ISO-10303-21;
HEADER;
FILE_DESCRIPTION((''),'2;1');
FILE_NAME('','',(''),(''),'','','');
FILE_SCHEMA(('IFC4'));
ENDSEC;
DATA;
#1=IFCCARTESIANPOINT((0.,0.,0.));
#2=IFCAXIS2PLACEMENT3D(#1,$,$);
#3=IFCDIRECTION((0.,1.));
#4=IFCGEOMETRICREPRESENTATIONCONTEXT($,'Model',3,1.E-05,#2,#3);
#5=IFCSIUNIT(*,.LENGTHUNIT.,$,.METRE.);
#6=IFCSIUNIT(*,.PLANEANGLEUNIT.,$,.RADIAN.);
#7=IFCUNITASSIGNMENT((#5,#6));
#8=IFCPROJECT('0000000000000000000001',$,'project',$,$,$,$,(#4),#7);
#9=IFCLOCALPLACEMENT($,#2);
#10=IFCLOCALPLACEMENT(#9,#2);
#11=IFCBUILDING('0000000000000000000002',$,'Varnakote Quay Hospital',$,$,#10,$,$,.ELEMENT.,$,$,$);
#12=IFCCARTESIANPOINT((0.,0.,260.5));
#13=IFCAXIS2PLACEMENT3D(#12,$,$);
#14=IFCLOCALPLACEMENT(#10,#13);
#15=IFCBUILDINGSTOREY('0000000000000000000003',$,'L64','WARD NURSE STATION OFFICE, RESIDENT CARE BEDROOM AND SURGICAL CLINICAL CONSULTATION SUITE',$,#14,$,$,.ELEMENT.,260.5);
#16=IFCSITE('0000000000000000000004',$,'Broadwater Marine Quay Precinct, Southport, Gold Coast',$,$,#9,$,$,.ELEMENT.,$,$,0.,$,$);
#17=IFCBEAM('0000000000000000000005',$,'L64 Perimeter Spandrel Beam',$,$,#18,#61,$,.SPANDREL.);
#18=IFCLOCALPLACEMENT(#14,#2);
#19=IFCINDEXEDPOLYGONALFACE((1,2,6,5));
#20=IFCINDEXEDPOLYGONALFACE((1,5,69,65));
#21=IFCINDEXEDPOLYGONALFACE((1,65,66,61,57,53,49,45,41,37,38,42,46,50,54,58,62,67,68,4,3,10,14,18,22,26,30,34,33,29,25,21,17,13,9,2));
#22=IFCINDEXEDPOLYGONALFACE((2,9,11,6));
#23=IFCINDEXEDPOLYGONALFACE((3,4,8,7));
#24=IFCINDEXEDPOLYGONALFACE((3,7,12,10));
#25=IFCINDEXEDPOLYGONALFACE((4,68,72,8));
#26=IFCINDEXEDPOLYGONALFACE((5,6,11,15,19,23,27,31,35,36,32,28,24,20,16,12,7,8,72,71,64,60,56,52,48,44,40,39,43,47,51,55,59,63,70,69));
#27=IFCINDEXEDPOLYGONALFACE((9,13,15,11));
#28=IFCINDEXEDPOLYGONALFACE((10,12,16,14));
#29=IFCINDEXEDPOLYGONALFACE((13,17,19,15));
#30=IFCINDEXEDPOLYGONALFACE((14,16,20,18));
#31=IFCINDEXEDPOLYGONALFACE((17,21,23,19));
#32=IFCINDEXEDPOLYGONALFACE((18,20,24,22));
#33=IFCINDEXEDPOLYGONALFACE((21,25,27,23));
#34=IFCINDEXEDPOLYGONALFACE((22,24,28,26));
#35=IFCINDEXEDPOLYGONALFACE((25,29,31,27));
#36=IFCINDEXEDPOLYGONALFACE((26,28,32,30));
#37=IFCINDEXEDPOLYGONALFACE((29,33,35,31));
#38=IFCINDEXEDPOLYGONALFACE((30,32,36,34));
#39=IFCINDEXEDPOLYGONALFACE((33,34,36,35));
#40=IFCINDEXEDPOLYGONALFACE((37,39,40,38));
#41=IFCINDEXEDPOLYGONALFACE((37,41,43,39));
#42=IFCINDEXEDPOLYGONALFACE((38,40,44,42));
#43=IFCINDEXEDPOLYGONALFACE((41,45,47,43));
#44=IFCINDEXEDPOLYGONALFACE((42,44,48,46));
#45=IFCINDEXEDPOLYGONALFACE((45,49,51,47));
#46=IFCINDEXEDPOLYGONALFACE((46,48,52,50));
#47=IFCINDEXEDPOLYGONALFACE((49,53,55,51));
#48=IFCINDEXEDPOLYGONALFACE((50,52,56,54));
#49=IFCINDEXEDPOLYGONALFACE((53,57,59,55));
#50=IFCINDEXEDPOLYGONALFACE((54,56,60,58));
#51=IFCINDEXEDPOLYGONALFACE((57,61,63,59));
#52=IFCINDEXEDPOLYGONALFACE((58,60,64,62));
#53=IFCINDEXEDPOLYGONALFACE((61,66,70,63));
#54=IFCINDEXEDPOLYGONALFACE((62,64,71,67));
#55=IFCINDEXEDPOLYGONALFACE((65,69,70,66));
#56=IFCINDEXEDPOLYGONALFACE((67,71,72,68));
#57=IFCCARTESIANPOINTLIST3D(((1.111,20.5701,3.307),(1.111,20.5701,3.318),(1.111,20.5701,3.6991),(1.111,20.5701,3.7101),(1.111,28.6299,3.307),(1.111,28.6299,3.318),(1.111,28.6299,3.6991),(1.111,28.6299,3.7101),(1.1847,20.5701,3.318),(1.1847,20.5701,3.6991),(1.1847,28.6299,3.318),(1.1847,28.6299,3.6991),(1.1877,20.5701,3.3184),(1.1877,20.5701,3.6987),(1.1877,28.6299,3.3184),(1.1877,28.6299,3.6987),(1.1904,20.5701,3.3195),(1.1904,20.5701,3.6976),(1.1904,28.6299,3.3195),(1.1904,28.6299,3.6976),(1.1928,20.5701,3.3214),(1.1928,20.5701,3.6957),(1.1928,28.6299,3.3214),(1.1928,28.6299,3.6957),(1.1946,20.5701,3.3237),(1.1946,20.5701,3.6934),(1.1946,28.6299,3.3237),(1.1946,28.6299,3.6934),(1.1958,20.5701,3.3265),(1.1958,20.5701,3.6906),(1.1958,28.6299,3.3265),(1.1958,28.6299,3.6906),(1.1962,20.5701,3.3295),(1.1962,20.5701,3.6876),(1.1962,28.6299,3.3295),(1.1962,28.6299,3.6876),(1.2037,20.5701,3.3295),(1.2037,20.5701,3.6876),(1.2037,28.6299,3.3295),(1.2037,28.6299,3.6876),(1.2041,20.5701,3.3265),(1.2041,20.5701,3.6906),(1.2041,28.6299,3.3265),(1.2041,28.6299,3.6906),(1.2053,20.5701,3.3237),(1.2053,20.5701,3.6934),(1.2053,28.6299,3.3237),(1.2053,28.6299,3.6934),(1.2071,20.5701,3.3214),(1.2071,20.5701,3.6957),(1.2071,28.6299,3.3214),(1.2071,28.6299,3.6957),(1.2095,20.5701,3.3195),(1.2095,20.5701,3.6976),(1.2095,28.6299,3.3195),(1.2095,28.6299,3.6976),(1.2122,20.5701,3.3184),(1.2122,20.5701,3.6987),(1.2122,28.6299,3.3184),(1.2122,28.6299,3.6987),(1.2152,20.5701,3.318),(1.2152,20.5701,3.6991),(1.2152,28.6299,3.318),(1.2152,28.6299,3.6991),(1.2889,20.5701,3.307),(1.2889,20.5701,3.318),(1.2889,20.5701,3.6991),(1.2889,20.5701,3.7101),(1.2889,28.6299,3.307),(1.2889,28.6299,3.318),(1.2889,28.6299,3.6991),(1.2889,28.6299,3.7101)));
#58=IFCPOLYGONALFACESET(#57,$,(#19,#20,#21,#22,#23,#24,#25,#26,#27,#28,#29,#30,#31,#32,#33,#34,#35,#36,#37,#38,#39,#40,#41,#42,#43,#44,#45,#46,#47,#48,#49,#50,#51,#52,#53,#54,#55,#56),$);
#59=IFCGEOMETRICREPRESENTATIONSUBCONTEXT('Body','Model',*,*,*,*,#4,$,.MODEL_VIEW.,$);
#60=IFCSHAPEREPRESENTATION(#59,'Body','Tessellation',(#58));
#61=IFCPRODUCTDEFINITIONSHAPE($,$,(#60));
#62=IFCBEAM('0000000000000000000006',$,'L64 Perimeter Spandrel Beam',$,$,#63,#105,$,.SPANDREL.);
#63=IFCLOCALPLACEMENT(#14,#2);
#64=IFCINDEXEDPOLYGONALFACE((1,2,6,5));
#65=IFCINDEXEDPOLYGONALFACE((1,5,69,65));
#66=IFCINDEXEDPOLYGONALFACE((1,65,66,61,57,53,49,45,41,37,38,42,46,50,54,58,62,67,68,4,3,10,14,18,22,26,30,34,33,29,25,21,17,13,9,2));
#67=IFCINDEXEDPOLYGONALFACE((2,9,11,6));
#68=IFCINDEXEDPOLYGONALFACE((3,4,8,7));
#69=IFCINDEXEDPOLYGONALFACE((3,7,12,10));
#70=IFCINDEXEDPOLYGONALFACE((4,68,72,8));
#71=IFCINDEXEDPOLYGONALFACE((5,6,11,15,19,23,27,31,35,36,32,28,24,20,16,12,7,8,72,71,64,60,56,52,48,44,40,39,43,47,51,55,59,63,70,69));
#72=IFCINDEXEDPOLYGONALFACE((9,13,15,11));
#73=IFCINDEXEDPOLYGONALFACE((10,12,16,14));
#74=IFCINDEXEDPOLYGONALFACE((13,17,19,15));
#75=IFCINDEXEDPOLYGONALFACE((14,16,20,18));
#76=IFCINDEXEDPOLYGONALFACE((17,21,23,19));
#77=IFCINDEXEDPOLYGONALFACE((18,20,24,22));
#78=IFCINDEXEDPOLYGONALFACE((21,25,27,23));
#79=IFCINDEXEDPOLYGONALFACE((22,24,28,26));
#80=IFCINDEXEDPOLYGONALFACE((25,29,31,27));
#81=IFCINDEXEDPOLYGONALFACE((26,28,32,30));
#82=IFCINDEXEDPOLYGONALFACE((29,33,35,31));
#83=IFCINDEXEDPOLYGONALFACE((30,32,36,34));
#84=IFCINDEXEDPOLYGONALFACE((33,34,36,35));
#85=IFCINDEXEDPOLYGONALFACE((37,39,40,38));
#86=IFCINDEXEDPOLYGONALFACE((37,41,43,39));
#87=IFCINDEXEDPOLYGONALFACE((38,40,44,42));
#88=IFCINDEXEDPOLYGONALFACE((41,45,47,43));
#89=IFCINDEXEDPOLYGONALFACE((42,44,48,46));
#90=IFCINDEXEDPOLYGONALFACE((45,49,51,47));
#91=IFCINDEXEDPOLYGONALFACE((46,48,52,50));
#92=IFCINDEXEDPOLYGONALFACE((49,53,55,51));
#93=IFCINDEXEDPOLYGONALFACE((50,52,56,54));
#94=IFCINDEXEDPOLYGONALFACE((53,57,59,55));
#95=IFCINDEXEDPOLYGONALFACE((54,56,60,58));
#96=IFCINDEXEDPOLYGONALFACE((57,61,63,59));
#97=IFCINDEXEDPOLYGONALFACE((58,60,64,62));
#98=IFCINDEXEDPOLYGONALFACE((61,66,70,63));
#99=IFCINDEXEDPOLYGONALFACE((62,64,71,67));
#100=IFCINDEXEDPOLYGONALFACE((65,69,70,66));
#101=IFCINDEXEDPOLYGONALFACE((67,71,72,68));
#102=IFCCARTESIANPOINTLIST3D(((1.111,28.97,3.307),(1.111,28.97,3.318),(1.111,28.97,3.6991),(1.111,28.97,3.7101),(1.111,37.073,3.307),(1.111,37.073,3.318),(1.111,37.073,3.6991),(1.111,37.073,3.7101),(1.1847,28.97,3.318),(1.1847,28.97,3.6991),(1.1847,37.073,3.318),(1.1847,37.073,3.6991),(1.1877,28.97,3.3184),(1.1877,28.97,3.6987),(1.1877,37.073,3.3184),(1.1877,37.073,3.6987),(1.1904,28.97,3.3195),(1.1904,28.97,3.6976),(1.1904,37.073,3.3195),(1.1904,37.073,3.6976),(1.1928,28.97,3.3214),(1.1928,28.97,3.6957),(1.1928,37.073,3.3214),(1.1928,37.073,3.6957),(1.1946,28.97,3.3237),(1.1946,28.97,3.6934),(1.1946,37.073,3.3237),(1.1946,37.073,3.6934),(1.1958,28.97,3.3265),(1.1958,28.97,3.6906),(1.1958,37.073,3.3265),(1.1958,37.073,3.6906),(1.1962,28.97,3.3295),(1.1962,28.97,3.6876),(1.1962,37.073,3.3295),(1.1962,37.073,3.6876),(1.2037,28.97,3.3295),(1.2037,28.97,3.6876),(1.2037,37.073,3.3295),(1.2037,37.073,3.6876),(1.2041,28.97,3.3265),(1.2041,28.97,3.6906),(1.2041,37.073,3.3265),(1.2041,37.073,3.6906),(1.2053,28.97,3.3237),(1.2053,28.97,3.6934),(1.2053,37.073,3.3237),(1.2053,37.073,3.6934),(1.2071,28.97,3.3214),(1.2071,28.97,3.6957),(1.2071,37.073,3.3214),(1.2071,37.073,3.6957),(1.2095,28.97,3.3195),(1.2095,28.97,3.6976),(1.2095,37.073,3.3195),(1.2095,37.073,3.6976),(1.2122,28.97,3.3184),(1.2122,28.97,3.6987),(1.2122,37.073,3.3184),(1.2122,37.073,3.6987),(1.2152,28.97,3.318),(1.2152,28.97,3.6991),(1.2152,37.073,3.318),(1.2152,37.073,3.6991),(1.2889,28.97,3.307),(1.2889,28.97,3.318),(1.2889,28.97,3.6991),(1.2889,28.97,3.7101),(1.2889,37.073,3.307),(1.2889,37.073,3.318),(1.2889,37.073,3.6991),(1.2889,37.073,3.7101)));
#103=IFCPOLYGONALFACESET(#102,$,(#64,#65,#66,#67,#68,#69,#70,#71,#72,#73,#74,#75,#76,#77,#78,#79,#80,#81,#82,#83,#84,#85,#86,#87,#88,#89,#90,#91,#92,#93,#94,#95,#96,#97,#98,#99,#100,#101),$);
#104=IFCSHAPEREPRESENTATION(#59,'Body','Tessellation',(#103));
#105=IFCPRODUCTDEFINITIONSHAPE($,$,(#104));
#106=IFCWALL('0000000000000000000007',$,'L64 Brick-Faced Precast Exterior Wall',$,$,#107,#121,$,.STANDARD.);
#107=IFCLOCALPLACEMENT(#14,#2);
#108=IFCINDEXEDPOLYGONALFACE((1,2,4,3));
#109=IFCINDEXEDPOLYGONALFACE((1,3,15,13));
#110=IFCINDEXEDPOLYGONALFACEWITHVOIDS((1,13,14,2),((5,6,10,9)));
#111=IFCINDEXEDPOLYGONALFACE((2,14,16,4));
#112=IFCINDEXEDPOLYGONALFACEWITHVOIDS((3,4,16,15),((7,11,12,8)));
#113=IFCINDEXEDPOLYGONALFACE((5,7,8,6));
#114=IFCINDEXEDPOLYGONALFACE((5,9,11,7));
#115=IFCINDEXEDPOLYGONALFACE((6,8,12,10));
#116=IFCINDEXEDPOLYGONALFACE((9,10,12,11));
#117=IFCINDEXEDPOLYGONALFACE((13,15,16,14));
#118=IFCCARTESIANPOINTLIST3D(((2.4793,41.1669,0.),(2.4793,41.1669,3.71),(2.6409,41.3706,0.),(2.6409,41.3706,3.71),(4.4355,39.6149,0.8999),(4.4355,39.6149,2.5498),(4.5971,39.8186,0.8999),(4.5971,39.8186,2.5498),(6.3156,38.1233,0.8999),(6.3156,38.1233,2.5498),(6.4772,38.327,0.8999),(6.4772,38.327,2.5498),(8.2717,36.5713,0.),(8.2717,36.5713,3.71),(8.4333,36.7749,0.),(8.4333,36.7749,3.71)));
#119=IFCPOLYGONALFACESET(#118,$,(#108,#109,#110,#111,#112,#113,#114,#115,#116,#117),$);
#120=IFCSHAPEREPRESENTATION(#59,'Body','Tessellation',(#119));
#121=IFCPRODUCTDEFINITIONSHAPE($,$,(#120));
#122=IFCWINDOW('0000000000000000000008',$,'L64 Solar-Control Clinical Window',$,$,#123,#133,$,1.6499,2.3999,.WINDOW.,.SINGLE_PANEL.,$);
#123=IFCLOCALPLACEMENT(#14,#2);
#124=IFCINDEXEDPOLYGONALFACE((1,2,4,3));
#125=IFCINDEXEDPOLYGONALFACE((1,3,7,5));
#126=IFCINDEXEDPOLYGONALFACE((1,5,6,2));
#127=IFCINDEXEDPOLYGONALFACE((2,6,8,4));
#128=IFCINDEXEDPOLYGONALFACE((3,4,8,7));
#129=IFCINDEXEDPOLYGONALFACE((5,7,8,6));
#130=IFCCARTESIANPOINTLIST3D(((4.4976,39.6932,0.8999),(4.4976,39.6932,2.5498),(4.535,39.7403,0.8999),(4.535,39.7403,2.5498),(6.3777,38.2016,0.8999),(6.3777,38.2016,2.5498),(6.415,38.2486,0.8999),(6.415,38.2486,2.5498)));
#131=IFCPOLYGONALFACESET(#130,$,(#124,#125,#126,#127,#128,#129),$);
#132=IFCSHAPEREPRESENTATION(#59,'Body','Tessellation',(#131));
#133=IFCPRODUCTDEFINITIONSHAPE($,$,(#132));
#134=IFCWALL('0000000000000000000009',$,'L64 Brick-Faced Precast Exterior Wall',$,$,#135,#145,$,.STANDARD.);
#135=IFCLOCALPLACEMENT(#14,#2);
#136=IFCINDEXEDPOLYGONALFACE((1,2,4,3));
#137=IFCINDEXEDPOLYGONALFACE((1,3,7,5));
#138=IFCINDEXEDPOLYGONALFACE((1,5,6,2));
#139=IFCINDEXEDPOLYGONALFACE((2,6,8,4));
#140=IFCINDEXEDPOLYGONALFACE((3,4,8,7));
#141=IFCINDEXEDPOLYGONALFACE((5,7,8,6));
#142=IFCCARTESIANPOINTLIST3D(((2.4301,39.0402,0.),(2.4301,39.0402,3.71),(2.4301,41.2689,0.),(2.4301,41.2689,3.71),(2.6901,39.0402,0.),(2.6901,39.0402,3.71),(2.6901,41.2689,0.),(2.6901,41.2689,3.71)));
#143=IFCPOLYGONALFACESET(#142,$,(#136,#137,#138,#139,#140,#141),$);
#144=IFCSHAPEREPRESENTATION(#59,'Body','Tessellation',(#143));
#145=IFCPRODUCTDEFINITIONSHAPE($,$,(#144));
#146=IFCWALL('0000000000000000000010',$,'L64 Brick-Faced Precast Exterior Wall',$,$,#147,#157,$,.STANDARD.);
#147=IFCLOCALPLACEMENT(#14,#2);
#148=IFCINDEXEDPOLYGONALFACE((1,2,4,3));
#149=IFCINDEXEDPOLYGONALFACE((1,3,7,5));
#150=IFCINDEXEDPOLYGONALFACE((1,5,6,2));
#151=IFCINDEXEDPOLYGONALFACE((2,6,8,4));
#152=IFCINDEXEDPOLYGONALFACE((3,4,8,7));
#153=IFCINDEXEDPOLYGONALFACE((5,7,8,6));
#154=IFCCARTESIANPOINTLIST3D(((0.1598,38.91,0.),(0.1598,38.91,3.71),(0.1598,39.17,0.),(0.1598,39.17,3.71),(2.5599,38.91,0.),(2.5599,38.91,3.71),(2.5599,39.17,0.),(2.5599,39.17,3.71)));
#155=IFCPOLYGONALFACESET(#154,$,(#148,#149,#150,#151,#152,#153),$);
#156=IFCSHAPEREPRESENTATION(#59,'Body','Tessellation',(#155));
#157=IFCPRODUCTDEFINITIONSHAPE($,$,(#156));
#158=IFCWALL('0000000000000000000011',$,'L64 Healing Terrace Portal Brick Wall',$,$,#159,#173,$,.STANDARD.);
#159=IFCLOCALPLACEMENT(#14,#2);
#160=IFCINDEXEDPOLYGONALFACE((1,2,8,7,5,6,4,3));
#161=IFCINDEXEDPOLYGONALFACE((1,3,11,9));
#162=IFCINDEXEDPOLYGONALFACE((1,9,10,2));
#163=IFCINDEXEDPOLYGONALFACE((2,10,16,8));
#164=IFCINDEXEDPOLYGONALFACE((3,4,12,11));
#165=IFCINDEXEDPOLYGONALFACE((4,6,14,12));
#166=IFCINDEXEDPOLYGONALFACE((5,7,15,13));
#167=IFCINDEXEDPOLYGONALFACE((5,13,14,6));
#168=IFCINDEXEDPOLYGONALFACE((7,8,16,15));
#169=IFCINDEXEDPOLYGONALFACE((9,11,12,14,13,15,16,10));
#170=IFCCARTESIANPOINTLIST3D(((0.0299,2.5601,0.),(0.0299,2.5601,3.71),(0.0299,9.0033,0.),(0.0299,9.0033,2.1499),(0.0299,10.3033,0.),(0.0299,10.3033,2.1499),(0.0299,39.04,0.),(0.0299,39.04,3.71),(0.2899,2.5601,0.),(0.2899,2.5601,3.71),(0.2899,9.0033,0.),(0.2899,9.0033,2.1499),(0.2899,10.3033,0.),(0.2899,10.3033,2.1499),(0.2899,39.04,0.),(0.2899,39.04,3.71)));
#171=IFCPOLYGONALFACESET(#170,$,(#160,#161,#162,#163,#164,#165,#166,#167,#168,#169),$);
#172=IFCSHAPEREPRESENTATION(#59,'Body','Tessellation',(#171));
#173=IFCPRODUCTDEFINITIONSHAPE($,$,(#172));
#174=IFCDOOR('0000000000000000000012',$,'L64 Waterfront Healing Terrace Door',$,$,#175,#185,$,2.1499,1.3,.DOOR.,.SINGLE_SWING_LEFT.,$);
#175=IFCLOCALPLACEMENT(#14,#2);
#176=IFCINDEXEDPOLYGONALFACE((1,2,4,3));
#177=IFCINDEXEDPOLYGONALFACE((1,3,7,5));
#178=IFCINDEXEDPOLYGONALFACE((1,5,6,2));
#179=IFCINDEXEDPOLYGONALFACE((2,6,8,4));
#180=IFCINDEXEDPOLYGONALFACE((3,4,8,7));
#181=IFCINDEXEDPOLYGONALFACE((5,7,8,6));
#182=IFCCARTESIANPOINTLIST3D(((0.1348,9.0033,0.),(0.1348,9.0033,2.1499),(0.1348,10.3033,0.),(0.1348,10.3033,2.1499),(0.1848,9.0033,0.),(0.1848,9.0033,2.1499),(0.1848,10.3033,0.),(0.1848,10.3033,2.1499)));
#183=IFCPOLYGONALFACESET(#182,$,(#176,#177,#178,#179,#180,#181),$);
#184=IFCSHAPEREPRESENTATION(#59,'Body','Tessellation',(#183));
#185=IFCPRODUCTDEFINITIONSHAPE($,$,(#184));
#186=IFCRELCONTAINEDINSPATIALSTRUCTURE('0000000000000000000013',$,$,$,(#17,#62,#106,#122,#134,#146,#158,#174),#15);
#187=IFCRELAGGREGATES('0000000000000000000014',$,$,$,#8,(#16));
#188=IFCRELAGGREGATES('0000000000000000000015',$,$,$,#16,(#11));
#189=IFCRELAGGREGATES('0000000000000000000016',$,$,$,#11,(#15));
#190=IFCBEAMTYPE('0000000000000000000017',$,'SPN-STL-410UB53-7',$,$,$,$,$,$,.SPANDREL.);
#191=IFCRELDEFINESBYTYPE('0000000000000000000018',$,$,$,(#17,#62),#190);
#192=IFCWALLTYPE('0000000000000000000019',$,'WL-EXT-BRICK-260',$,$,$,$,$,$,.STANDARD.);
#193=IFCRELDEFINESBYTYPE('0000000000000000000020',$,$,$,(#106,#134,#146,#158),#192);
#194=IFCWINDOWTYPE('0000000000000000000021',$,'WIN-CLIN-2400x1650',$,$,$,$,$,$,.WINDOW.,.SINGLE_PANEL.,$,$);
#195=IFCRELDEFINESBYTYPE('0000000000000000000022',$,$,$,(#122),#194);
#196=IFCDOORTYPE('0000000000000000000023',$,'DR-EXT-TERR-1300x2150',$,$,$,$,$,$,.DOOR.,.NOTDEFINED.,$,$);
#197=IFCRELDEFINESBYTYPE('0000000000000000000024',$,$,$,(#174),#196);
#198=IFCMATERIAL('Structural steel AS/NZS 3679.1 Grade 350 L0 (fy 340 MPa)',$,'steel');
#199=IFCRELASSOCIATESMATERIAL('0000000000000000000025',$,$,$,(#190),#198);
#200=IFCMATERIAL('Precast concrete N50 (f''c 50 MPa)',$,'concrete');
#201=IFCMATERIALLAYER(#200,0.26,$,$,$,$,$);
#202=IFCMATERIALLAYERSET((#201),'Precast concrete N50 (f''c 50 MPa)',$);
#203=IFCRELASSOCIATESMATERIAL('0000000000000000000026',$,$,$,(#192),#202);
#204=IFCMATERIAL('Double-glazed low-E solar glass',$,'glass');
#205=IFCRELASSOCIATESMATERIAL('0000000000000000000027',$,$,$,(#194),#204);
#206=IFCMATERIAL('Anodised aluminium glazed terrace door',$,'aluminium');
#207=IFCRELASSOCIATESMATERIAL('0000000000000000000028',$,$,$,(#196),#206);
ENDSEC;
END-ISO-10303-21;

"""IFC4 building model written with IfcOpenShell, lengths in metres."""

from ifc_helpers import new_model, si_unit, direction, frame, frame_2d, origin, origin_2d, place, context, subcontext, project, spatial, rectangle, i_section, extrude, material, layer, layer_set, material_profile, profile_set, type_object, element, fill, save


model = new_model("IFC4")

# Units and contexts
model_context = context("Model", 3, precision=1e-05, world=origin(), true_north=direction((0.0, 1.0)))
body_context = subcontext(model_context, "Body", "Model", "MODEL_VIEW")
ifc_project = project(units=[si_unit("LENGTHUNIT", "METRE"), si_unit("PLANEANGLEUNIT", "RADIAN")], contexts=[model_context])

# Site, building, storey
site_placement = place(None, origin())
site = spatial("IfcSite", under=ifc_project, at=site_placement, Name="Broadwater Marine Quay Precinct, Southport, Gold Coast", CompositionType="ELEMENT", RefElevation=0.0)
building_placement = place(site_placement, origin())
building = spatial("IfcBuilding", under=site, at=building_placement, Name="Varnakote Quay Hospital", CompositionType="ELEMENT")
storey_placement = place(building_placement, frame((0.0, 0.0, 260.5)))
storey = spatial("IfcBuildingStorey", under=building, at=storey_placement, Name="L64", Description="WARD NURSE STATION OFFICE, RESIDENT CARE BEDROOM AND SURGICAL CLINICAL CONSULTATION SUITE", CompositionType="ELEMENT", Elevation=260.5)

# Beams
ifc_material_1 = material(Name="Structural steel AS/NZS 3679.1 Grade 350 L0 (fy 340 MPa)", Category="steel")
ifc_material_profile_1 = material_profile(ifc_material_1, i_section(OverallWidth=0.178, OverallDepth=0.4031, WebThickness=0.0076, FlangeThickness=0.011, FilletRadius=0.0115, at=origin_2d()), Name="410UB53.7")
ifc_profile_set_1 = profile_set([ifc_material_profile_1], Name="Structural steel AS/NZS 3679.1 Grade 350 L0 (fy 340 MPa)")
beam_type_1 = type_object("IfcBeamType", Name="SPN-STL-410UB53-7", PredefinedType="SPANDREL", material=ifc_profile_set_1)
beam_1_placement = place(storey_placement, frame((1.2, 20.5701, 3.5085), z_axis=(0.0, 1.0, 0.0), x_axis=(-1.0, 0.0, 0.0)))
element("IfcBeam", 1, at=beam_1_placement, inside=storey, type_object=beam_type_1, Name="L64 Perimeter Spandrel Beam", PredefinedType="SPANDREL", context=body_context, shape_type="SweptSolid", body=[
    extrude(i_section(OverallWidth=0.178, OverallDepth=0.4031, WebThickness=0.0076, FlangeThickness=0.011, FilletRadius=0.0115, at=origin_2d()), origin(), (0.0, 0.0, 1.0), 8.0598),
])
beam_2_placement = place(storey_placement, frame((1.2, 28.97, 3.5085), z_axis=(0.0, 1.0, 0.0), x_axis=(-1.0, 0.0, 0.0)))
element("IfcBeam", 2, at=beam_2_placement, inside=storey, type_object=beam_type_1, Name="L64 Perimeter Spandrel Beam", PredefinedType="SPANDREL", context=body_context, shape_type="SweptSolid", body=[
    extrude(i_section(OverallWidth=0.178, OverallDepth=0.4031, WebThickness=0.0076, FlangeThickness=0.011, FilletRadius=0.0115, at=origin_2d()), origin(), (0.0, 0.0, 1.0), 8.103),
])

# Wall, opening, window
ifc_material_2 = material(Name="Precast concrete N50 (f'c 50 MPa)", Category="concrete")
ifc_layer_1 = layer(ifc_material_2, 0.26)
ifc_layer_set_1 = layer_set([ifc_layer_1], Name="Precast concrete N50 (f'c 50 MPa)")
wall_type_1 = type_object("IfcWallType", Name="WL-EXT-BRICK-260", PredefinedType="STANDARD", material=ifc_layer_set_1)
wall_1_placement = place(storey_placement, frame((8.3525, 36.6731, 0.0), z_axis=(0.0, 0.0, 1.0), x_axis=(-0.783388, 0.621533, 0.0)))
wall_1 = element("IfcWall", 3, at=wall_1_placement, inside=storey, type_object=wall_type_1, Name="L64 Brick-Faced Precast Exterior Wall", PredefinedType="STANDARD", context=body_context, shape_type="SweptSolid", body=[
    extrude(rectangle(XDim=7.394, YDim=0.26, at=frame_2d((3.697, 0.0))), origin(), (0.0, 0.0, 1.0), 3.71),
])
opening_1_placement = place(wall_1_placement, frame((2.4971, 0.0, 0.8999)))
opening_1 = element("IfcOpeningElement", 4, at=opening_1_placement, cuts=wall_1, PredefinedType="OPENING", context=body_context, shape_type="SweptSolid", body=[
    extrude(rectangle(XDim=2.3999, YDim=1.6499, at=frame_2d((1.2, 0.825))), frame((0.0, 0.1399, 0.0), z_axis=(0.0, -1.0, 0.0), x_axis=(1.0, 0.0, 0.0)), (0.0, 0.0, 1.0), 0.28),
])
ifc_material_3 = material(Name="Double-glazed low-E solar glass", Category="glass")
window_type = type_object("IfcWindowType", Name="WIN-CLIN-2400x1650", PartitioningType="SINGLE_PANEL", PredefinedType="WINDOW", material=ifc_material_3)
window_placement = place(opening_1_placement, origin())
window = element("IfcWindow", 5, at=window_placement, inside=storey, type_object=window_type, Name="L64 Solar-Control Clinical Window", OverallHeight=1.6499, OverallWidth=2.3999, PartitioningType="SINGLE_PANEL", PredefinedType="WINDOW", context=body_context, shape_type="SweptSolid", body=[
    extrude(rectangle(XDim=2.3999, YDim=1.6499, at=frame_2d((1.2, 0.825))), frame((0.0, 0.03, 0.0), z_axis=(0.0, -1.0, 0.0), x_axis=(1.0, 0.0, 0.0)), (0.0, 0.0, 1.0), 0.0601),
])
fill(opening_1, window)

# Walls
wall_2_placement = place(storey_placement, frame((2.5601, 41.2688, 0.0), z_axis=(0.0, 0.0, 1.0), x_axis=(0.0, -1.0, 0.0)))
element("IfcWall", 6, at=wall_2_placement, inside=storey, type_object=wall_type_1, Name="L64 Brick-Faced Precast Exterior Wall", PredefinedType="STANDARD", context=body_context, shape_type="SweptSolid", body=[
    extrude(rectangle(XDim=2.2288, YDim=0.26, at=frame_2d((1.1143, 0.0))), origin(), (0.0, 0.0, 1.0), 3.71),
])
wall_3_placement = place(storey_placement, frame((2.5601, 39.04, 0.0), z_axis=(0.0, 0.0, 1.0), x_axis=(-1.0, 0.0, 0.0)))
element("IfcWall", 7, at=wall_3_placement, inside=storey, type_object=wall_type_1, Name="L64 Brick-Faced Precast Exterior Wall", PredefinedType="STANDARD", context=body_context, shape_type="SweptSolid", body=[
    extrude(rectangle(XDim=2.4001, YDim=0.26, at=frame_2d((1.2002, 0.0))), origin(), (0.0, 0.0, 1.0), 3.71),
])

# Wall, opening, door
wall_4_placement = place(storey_placement, frame((0.1599, 39.04, 0.0), z_axis=(0.0, 0.0, 1.0), x_axis=(0.0, -1.0, 0.0)))
wall_4 = element("IfcWall", 8, at=wall_4_placement, inside=storey, type_object=wall_type_1, Name="L64 Healing Terrace Portal Brick Wall", PredefinedType="STANDARD", context=body_context, shape_type="SweptSolid", body=[
    extrude(rectangle(XDim=36.48, YDim=0.26, at=frame_2d((18.24, 0.0))), origin(), (0.0, 0.0, 1.0), 3.71),
])
opening_2_placement = place(wall_4_placement, frame((28.7368, 0.0, 0.0)))
opening_2 = element("IfcOpeningElement", 9, at=opening_2_placement, cuts=wall_4, PredefinedType="OPENING", context=body_context, shape_type="SweptSolid", body=[
    extrude(rectangle(XDim=1.3, YDim=2.1499, at=frame_2d((0.6499, 1.075))), frame((0.0, 0.1399, 0.0), z_axis=(0.0, -1.0, 0.0), x_axis=(1.0, 0.0, 0.0)), (0.0, 0.0, 1.0), 0.28),
])
ifc_material_4 = material(Name="Anodised aluminium glazed terrace door", Category="aluminium")
door_type = type_object("IfcDoorType", Name="DR-EXT-TERR-1300x2150", OperationType="NOTDEFINED", PredefinedType="DOOR", material=ifc_material_4)
door_placement = place(opening_2_placement, origin())
door = element("IfcDoor", 10, at=door_placement, inside=storey, type_object=door_type, Name="L64 Waterfront Healing Terrace Door", OperationType="SINGLE_SWING_LEFT", OverallHeight=2.1499, OverallWidth=1.3, PredefinedType="DOOR", context=body_context, shape_type="SweptSolid", body=[
    extrude(rectangle(XDim=1.3, YDim=2.1499, at=frame_2d((0.6499, 1.075))), frame((0.0, 0.0249, 0.0), z_axis=(0.0, -1.0, 0.0), x_axis=(1.0, 0.0, 0.0)), (0.0, 0.0, 1.0), 0.05),
])
fill(opening_2, door)

save(model, "model.ifc")
